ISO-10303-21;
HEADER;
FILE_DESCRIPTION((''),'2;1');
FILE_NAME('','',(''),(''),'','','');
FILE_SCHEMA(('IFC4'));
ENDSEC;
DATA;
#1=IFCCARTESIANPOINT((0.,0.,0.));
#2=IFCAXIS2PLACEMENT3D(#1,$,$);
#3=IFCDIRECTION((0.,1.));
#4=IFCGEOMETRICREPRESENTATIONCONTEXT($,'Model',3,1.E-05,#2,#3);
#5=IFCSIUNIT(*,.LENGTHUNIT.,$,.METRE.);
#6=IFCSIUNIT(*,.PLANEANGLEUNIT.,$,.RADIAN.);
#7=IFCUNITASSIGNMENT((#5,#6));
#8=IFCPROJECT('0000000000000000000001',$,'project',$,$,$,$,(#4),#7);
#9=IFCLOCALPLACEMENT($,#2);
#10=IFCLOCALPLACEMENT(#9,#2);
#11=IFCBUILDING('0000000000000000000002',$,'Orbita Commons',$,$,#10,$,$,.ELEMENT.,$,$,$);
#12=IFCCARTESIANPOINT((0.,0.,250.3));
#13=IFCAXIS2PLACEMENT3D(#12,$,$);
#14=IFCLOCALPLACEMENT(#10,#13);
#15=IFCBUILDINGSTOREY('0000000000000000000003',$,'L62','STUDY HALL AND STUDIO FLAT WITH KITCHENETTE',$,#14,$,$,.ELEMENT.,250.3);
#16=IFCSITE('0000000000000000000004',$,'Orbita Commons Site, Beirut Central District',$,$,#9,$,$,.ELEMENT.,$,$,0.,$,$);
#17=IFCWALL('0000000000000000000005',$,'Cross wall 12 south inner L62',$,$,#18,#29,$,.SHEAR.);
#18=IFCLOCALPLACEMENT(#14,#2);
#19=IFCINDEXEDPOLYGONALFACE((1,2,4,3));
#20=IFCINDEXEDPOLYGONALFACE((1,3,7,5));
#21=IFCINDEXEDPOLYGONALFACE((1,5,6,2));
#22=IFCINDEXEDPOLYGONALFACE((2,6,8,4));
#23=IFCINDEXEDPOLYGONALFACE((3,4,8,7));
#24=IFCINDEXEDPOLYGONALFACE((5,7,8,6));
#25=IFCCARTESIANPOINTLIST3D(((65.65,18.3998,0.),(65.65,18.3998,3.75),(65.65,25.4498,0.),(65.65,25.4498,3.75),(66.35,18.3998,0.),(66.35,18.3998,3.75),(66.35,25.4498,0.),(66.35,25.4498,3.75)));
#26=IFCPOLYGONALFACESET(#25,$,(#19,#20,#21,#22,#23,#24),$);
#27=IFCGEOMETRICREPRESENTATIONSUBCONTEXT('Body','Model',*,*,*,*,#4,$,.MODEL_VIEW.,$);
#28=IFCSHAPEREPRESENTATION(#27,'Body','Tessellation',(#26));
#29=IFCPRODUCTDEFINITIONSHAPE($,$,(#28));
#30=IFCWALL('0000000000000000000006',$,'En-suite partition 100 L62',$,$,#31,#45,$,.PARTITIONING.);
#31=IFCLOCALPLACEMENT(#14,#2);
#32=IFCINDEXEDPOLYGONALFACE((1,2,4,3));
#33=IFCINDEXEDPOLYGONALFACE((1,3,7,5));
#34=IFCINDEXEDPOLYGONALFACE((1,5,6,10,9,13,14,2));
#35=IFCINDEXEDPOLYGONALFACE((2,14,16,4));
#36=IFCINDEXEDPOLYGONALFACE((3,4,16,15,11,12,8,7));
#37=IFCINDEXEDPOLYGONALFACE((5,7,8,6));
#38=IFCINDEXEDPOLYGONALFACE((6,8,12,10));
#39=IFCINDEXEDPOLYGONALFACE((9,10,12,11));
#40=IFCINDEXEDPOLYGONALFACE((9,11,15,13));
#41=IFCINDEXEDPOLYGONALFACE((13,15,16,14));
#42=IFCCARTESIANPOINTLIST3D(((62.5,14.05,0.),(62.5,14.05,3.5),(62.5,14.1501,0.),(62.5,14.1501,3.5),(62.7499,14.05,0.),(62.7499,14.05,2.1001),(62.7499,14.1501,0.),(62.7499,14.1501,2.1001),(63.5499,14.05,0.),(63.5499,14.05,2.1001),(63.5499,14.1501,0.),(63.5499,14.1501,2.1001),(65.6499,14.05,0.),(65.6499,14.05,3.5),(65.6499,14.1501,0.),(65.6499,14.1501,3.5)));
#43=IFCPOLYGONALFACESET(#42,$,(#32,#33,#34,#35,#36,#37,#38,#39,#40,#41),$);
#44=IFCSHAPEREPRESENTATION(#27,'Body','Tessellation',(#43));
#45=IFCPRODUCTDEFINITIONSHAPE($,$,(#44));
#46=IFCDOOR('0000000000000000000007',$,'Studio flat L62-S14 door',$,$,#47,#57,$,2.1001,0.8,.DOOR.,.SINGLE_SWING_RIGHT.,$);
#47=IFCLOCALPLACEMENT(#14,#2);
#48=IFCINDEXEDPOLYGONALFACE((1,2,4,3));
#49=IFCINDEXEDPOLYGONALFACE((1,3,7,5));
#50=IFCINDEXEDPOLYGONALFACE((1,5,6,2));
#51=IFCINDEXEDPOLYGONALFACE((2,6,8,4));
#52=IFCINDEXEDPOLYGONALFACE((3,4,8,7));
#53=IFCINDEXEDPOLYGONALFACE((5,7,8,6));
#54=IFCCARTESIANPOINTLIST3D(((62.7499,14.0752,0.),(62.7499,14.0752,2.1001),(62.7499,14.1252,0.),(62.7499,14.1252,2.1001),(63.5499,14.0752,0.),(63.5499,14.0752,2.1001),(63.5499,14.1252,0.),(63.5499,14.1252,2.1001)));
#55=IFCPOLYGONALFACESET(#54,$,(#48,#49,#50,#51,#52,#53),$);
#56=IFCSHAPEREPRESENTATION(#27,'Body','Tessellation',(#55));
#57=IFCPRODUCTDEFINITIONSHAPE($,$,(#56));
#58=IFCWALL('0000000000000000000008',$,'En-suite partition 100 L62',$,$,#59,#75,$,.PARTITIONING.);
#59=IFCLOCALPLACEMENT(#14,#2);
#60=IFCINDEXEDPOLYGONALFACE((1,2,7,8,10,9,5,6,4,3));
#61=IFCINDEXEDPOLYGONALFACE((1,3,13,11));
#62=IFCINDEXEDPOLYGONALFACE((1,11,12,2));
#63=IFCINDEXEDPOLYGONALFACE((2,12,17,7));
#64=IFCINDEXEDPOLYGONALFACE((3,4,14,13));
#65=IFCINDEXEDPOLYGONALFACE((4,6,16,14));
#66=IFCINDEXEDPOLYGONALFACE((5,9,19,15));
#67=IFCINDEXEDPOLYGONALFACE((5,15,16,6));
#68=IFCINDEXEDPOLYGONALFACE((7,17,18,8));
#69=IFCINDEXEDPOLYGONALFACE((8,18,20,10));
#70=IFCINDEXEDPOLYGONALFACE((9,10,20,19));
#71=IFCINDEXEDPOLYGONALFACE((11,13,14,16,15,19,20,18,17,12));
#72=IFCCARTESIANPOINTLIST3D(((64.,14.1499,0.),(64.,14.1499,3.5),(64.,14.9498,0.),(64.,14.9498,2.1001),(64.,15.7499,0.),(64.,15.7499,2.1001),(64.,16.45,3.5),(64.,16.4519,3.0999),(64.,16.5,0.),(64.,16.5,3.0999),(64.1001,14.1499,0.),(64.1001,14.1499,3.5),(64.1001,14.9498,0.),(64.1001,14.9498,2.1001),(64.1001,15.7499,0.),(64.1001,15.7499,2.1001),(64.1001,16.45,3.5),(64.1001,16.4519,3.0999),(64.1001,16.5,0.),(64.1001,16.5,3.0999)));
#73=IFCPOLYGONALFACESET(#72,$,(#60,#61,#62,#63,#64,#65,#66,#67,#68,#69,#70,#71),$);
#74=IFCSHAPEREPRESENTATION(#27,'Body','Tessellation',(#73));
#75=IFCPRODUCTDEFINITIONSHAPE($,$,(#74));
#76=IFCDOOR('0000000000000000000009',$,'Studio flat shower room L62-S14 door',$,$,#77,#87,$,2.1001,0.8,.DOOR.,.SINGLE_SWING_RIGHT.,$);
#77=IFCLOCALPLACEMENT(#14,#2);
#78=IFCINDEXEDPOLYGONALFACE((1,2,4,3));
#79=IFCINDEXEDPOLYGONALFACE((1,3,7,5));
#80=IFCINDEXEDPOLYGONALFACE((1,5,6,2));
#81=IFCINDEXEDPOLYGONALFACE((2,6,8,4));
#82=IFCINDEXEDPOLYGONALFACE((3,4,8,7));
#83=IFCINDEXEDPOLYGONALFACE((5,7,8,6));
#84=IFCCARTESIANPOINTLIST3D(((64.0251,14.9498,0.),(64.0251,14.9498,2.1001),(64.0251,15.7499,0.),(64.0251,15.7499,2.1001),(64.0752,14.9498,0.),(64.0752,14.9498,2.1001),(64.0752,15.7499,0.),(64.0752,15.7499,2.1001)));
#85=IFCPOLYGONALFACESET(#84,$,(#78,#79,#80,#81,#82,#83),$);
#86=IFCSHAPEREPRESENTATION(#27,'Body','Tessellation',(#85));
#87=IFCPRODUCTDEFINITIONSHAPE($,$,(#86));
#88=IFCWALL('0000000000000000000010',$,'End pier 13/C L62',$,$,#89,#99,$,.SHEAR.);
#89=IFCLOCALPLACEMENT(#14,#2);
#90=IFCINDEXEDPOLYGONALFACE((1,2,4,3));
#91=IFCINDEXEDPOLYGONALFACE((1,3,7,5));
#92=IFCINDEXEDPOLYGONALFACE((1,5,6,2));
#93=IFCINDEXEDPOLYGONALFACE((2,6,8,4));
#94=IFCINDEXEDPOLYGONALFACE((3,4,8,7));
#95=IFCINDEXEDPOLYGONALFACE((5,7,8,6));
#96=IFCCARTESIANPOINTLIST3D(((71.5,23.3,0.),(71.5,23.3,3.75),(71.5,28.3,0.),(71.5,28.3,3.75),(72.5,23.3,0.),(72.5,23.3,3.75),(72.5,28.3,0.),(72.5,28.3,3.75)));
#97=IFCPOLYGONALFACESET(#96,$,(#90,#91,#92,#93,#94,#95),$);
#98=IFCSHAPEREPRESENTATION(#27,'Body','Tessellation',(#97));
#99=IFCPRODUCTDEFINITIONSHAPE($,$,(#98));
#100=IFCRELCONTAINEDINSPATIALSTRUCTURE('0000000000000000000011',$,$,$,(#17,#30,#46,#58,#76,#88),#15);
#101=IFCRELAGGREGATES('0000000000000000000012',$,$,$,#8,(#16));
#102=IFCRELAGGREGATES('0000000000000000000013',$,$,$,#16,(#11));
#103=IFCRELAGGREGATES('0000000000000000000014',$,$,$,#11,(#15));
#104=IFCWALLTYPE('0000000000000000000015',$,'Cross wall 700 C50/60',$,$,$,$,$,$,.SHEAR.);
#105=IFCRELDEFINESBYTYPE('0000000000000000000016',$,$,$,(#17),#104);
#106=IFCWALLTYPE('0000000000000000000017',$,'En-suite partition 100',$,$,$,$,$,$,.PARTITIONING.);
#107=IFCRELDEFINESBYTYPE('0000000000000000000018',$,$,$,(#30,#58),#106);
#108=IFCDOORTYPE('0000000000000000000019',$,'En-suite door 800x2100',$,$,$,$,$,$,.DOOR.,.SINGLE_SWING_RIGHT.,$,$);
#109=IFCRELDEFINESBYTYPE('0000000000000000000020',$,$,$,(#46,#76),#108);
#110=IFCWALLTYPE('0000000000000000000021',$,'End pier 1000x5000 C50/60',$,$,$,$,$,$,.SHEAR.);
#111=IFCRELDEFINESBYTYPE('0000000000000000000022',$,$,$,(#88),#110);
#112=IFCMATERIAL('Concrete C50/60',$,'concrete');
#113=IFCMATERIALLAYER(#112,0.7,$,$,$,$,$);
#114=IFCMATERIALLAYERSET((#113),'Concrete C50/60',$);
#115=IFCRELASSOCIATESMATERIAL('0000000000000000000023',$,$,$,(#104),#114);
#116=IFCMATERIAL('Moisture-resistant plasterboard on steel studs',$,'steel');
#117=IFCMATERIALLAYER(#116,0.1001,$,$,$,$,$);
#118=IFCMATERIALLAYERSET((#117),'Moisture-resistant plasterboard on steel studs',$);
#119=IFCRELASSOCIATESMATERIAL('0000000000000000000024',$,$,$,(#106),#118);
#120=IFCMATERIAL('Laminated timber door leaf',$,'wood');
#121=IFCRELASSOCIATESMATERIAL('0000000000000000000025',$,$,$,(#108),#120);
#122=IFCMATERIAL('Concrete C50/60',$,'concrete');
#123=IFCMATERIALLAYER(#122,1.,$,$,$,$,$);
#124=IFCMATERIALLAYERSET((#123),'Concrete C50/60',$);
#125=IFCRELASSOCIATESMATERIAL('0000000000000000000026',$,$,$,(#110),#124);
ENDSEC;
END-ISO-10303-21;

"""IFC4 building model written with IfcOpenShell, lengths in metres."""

from ifc_helpers import new_model, si_unit, direction, frame, frame_2d, origin, place, context, subcontext, project, spatial, polyline, rectangle, outline, extrude, material, layer, layer_set, type_object, element, fill, save


model = new_model("IFC4")

# Units and contexts
model_context = context("Model", 3, precision=1e-05, world=origin(), true_north=direction((0.0, 1.0)))
body_context = subcontext(model_context, "Body", "Model", "MODEL_VIEW")
ifc_project = project(units=[si_unit("LENGTHUNIT", "METRE"), si_unit("PLANEANGLEUNIT", "RADIAN")], contexts=[model_context])

# Site, building, storey
site_placement = place(None, origin())
site = spatial("IfcSite", under=ifc_project, at=site_placement, Name="Orbita Commons Site, Beirut Central District", CompositionType="ELEMENT", RefElevation=0.0)
building_placement = place(site_placement, origin())
building = spatial("IfcBuilding", under=site, at=building_placement, Name="Orbita Commons", CompositionType="ELEMENT")
storey_placement = place(building_placement, frame((0.0, 0.0, 250.3)))
storey = spatial("IfcBuildingStorey", under=building, at=storey_placement, Name="L62", Description="STUDY HALL AND STUDIO FLAT WITH KITCHENETTE", CompositionType="ELEMENT", Elevation=250.3)

# Wall
ifc_material_1 = material(Name="Concrete C50/60", Category="concrete")
ifc_layer_1 = layer(ifc_material_1, 0.7)
ifc_layer_set_1 = layer_set([ifc_layer_1], Name="Concrete C50/60")
wall_type_1 = type_object("IfcWallType", Name="Cross wall 700 C50/60", PredefinedType="SHEAR", material=ifc_layer_set_1)
wall_1_placement = place(storey_placement, frame((66.0, 18.3999, 0.0), z_axis=(0.0, 0.0, 1.0), x_axis=(0.0, 1.0, 0.0)))
element("IfcWall", 1, at=wall_1_placement, inside=storey, type_object=wall_type_1, Name="Cross wall 12 south inner L62", PredefinedType="SHEAR", context=body_context, shape_type="SweptSolid", body=[
    extrude(rectangle(XDim=7.05, YDim=0.7, at=frame_2d((3.5249, 0.0))), origin(), (0.0, 0.0, 1.0), 3.75),
])

# Walls, openings, doors
ifc_material_2 = material(Name="Moisture-resistant plasterboard on steel studs", Category="steel")
ifc_layer_2 = layer(ifc_material_2, 0.1001)
ifc_layer_set_2 = layer_set([ifc_layer_2], Name="Moisture-resistant plasterboard on steel studs")
wall_type_2 = type_object("IfcWallType", Name="En-suite partition 100", PredefinedType="PARTITIONING", material=ifc_layer_set_2)
wall_2_placement = place(storey_placement, frame((65.6499, 14.1001, 0.0), z_axis=(0.0, 0.0, 1.0), x_axis=(-1.0, 0.0, 0.0)))
wall_2 = element("IfcWall", 2, at=wall_2_placement, inside=storey, type_object=wall_type_2, Name="En-suite partition 100 L62", PredefinedType="PARTITIONING", context=body_context, shape_type="SweptSolid", body=[
    extrude(rectangle(XDim=3.1499, YDim=0.1001, at=frame_2d((1.575, 0.0))), origin(), (0.0, 0.0, 1.0), 3.5),
])
opening_1_placement = place(wall_2_placement, frame((2.1001, 0.0, 0.0)))
opening_1 = element("IfcOpeningElement", 3, at=opening_1_placement, cuts=wall_2, PredefinedType="OPENING", context=body_context, shape_type="SweptSolid", body=[
    extrude(rectangle(XDim=0.8, YDim=2.1001, at=frame_2d((0.3999, 1.05))), frame((0.0, 0.0601, 0.0), z_axis=(0.0, -1.0, 0.0), x_axis=(1.0, 0.0, 0.0)), (0.0, 0.0, 1.0), 0.1201),
])
ifc_material_3 = material(Name="Laminated timber door leaf", Category="wood")
door_type_1 = type_object("IfcDoorType", Name="En-suite door 800x2100", OperationType="SINGLE_SWING_RIGHT", PredefinedType="DOOR", material=ifc_material_3)
door_1_placement = place(opening_1_placement, origin())
door_1 = element("IfcDoor", 4, at=door_1_placement, inside=storey, type_object=door_type_1, Name="Studio flat L62-S14 door", OperationType="SINGLE_SWING_RIGHT", OverallHeight=2.1001, OverallWidth=0.8, PredefinedType="DOOR", context=body_context, shape_type="SweptSolid", body=[
    extrude(rectangle(XDim=0.8, YDim=2.1001, at=frame_2d((0.3999, 1.05))), frame((0.0, 0.0249, 0.0), z_axis=(0.0, -1.0, 0.0), x_axis=(1.0, 0.0, 0.0)), (0.0, 0.0, 1.0), 0.05),
])
fill(opening_1, door_1)
wall_3_placement = place(storey_placement, frame((64.05, 14.1499, 0.0), z_axis=(0.0, 0.0, 1.0), x_axis=(0.0, 1.0, 0.0)))
wall_3 = element("IfcWall", 5, at=wall_3_placement, inside=storey, type_object=wall_type_2, Name="En-suite partition 100 L62", PredefinedType="PARTITIONING", context=body_context, shape_type="SweptSolid", body=[
    extrude(outline(polyline([(0.0, 0.0), (2.3501, 0.0), (2.3501, 3.0999), (2.302, 3.0999), (2.3, 3.5), (0.0, 3.5), (0.0, 0.0)])), frame((0.0, 0.05, 0.0), z_axis=(0.0, -1.0, 0.0), x_axis=(1.0, 0.0, 0.0)), (0.0, 0.0, 1.0), 0.1001),
])
opening_2_placement = place(wall_3_placement, frame((0.8, 0.0, 0.0)))
opening_2 = element("IfcOpeningElement", 6, at=opening_2_placement, cuts=wall_3, PredefinedType="OPENING", context=body_context, shape_type="SweptSolid", body=[
    extrude(rectangle(XDim=0.8, YDim=2.1001, at=frame_2d((0.3999, 1.05))), frame((0.0, 0.0601, 0.0), z_axis=(0.0, -1.0, 0.0), x_axis=(1.0, 0.0, 0.0)), (0.0, 0.0, 1.0), 0.1201),
])
door_2_placement = place(opening_2_placement, origin())
door_2 = element("IfcDoor", 7, at=door_2_placement, inside=storey, type_object=door_type_1, Name="Studio flat shower room L62-S14 door", OperationType="SINGLE_SWING_RIGHT", OverallHeight=2.1001, OverallWidth=0.8, PredefinedType="DOOR", context=body_context, shape_type="SweptSolid", body=[
    extrude(rectangle(XDim=0.8, YDim=2.1001, at=frame_2d((0.3999, 1.05))), frame((0.0, 0.0249, 0.0), z_axis=(0.0, -1.0, 0.0), x_axis=(1.0, 0.0, 0.0)), (0.0, 0.0, 1.0), 0.05),
])
fill(opening_2, door_2)

# Wall
ifc_material_4 = material(Name="Concrete C50/60", Category="concrete")
ifc_layer_3 = layer(ifc_material_4, 1.0)
ifc_layer_set_3 = layer_set([ifc_layer_3], Name="Concrete C50/60")
wall_type_3 = type_object("IfcWallType", Name="End pier 1000x5000 C50/60", PredefinedType="SHEAR", material=ifc_layer_set_3)
wall_4_placement = place(storey_placement, frame((72.0, 23.3, 0.0), z_axis=(0.0, 0.0, 1.0), x_axis=(0.0, 1.0, 0.0)))
element("IfcWall", 8, at=wall_4_placement, inside=storey, type_object=wall_type_3, Name="End pier 13/C L62", PredefinedType="SHEAR", context=body_context, shape_type="SweptSolid", body=[
    extrude(rectangle(XDim=5.0, YDim=1.0, at=frame_2d((2.5, 0.0))), origin(), (0.0, 0.0, 1.0), 3.75),
])

save(model, "model.ifc")
